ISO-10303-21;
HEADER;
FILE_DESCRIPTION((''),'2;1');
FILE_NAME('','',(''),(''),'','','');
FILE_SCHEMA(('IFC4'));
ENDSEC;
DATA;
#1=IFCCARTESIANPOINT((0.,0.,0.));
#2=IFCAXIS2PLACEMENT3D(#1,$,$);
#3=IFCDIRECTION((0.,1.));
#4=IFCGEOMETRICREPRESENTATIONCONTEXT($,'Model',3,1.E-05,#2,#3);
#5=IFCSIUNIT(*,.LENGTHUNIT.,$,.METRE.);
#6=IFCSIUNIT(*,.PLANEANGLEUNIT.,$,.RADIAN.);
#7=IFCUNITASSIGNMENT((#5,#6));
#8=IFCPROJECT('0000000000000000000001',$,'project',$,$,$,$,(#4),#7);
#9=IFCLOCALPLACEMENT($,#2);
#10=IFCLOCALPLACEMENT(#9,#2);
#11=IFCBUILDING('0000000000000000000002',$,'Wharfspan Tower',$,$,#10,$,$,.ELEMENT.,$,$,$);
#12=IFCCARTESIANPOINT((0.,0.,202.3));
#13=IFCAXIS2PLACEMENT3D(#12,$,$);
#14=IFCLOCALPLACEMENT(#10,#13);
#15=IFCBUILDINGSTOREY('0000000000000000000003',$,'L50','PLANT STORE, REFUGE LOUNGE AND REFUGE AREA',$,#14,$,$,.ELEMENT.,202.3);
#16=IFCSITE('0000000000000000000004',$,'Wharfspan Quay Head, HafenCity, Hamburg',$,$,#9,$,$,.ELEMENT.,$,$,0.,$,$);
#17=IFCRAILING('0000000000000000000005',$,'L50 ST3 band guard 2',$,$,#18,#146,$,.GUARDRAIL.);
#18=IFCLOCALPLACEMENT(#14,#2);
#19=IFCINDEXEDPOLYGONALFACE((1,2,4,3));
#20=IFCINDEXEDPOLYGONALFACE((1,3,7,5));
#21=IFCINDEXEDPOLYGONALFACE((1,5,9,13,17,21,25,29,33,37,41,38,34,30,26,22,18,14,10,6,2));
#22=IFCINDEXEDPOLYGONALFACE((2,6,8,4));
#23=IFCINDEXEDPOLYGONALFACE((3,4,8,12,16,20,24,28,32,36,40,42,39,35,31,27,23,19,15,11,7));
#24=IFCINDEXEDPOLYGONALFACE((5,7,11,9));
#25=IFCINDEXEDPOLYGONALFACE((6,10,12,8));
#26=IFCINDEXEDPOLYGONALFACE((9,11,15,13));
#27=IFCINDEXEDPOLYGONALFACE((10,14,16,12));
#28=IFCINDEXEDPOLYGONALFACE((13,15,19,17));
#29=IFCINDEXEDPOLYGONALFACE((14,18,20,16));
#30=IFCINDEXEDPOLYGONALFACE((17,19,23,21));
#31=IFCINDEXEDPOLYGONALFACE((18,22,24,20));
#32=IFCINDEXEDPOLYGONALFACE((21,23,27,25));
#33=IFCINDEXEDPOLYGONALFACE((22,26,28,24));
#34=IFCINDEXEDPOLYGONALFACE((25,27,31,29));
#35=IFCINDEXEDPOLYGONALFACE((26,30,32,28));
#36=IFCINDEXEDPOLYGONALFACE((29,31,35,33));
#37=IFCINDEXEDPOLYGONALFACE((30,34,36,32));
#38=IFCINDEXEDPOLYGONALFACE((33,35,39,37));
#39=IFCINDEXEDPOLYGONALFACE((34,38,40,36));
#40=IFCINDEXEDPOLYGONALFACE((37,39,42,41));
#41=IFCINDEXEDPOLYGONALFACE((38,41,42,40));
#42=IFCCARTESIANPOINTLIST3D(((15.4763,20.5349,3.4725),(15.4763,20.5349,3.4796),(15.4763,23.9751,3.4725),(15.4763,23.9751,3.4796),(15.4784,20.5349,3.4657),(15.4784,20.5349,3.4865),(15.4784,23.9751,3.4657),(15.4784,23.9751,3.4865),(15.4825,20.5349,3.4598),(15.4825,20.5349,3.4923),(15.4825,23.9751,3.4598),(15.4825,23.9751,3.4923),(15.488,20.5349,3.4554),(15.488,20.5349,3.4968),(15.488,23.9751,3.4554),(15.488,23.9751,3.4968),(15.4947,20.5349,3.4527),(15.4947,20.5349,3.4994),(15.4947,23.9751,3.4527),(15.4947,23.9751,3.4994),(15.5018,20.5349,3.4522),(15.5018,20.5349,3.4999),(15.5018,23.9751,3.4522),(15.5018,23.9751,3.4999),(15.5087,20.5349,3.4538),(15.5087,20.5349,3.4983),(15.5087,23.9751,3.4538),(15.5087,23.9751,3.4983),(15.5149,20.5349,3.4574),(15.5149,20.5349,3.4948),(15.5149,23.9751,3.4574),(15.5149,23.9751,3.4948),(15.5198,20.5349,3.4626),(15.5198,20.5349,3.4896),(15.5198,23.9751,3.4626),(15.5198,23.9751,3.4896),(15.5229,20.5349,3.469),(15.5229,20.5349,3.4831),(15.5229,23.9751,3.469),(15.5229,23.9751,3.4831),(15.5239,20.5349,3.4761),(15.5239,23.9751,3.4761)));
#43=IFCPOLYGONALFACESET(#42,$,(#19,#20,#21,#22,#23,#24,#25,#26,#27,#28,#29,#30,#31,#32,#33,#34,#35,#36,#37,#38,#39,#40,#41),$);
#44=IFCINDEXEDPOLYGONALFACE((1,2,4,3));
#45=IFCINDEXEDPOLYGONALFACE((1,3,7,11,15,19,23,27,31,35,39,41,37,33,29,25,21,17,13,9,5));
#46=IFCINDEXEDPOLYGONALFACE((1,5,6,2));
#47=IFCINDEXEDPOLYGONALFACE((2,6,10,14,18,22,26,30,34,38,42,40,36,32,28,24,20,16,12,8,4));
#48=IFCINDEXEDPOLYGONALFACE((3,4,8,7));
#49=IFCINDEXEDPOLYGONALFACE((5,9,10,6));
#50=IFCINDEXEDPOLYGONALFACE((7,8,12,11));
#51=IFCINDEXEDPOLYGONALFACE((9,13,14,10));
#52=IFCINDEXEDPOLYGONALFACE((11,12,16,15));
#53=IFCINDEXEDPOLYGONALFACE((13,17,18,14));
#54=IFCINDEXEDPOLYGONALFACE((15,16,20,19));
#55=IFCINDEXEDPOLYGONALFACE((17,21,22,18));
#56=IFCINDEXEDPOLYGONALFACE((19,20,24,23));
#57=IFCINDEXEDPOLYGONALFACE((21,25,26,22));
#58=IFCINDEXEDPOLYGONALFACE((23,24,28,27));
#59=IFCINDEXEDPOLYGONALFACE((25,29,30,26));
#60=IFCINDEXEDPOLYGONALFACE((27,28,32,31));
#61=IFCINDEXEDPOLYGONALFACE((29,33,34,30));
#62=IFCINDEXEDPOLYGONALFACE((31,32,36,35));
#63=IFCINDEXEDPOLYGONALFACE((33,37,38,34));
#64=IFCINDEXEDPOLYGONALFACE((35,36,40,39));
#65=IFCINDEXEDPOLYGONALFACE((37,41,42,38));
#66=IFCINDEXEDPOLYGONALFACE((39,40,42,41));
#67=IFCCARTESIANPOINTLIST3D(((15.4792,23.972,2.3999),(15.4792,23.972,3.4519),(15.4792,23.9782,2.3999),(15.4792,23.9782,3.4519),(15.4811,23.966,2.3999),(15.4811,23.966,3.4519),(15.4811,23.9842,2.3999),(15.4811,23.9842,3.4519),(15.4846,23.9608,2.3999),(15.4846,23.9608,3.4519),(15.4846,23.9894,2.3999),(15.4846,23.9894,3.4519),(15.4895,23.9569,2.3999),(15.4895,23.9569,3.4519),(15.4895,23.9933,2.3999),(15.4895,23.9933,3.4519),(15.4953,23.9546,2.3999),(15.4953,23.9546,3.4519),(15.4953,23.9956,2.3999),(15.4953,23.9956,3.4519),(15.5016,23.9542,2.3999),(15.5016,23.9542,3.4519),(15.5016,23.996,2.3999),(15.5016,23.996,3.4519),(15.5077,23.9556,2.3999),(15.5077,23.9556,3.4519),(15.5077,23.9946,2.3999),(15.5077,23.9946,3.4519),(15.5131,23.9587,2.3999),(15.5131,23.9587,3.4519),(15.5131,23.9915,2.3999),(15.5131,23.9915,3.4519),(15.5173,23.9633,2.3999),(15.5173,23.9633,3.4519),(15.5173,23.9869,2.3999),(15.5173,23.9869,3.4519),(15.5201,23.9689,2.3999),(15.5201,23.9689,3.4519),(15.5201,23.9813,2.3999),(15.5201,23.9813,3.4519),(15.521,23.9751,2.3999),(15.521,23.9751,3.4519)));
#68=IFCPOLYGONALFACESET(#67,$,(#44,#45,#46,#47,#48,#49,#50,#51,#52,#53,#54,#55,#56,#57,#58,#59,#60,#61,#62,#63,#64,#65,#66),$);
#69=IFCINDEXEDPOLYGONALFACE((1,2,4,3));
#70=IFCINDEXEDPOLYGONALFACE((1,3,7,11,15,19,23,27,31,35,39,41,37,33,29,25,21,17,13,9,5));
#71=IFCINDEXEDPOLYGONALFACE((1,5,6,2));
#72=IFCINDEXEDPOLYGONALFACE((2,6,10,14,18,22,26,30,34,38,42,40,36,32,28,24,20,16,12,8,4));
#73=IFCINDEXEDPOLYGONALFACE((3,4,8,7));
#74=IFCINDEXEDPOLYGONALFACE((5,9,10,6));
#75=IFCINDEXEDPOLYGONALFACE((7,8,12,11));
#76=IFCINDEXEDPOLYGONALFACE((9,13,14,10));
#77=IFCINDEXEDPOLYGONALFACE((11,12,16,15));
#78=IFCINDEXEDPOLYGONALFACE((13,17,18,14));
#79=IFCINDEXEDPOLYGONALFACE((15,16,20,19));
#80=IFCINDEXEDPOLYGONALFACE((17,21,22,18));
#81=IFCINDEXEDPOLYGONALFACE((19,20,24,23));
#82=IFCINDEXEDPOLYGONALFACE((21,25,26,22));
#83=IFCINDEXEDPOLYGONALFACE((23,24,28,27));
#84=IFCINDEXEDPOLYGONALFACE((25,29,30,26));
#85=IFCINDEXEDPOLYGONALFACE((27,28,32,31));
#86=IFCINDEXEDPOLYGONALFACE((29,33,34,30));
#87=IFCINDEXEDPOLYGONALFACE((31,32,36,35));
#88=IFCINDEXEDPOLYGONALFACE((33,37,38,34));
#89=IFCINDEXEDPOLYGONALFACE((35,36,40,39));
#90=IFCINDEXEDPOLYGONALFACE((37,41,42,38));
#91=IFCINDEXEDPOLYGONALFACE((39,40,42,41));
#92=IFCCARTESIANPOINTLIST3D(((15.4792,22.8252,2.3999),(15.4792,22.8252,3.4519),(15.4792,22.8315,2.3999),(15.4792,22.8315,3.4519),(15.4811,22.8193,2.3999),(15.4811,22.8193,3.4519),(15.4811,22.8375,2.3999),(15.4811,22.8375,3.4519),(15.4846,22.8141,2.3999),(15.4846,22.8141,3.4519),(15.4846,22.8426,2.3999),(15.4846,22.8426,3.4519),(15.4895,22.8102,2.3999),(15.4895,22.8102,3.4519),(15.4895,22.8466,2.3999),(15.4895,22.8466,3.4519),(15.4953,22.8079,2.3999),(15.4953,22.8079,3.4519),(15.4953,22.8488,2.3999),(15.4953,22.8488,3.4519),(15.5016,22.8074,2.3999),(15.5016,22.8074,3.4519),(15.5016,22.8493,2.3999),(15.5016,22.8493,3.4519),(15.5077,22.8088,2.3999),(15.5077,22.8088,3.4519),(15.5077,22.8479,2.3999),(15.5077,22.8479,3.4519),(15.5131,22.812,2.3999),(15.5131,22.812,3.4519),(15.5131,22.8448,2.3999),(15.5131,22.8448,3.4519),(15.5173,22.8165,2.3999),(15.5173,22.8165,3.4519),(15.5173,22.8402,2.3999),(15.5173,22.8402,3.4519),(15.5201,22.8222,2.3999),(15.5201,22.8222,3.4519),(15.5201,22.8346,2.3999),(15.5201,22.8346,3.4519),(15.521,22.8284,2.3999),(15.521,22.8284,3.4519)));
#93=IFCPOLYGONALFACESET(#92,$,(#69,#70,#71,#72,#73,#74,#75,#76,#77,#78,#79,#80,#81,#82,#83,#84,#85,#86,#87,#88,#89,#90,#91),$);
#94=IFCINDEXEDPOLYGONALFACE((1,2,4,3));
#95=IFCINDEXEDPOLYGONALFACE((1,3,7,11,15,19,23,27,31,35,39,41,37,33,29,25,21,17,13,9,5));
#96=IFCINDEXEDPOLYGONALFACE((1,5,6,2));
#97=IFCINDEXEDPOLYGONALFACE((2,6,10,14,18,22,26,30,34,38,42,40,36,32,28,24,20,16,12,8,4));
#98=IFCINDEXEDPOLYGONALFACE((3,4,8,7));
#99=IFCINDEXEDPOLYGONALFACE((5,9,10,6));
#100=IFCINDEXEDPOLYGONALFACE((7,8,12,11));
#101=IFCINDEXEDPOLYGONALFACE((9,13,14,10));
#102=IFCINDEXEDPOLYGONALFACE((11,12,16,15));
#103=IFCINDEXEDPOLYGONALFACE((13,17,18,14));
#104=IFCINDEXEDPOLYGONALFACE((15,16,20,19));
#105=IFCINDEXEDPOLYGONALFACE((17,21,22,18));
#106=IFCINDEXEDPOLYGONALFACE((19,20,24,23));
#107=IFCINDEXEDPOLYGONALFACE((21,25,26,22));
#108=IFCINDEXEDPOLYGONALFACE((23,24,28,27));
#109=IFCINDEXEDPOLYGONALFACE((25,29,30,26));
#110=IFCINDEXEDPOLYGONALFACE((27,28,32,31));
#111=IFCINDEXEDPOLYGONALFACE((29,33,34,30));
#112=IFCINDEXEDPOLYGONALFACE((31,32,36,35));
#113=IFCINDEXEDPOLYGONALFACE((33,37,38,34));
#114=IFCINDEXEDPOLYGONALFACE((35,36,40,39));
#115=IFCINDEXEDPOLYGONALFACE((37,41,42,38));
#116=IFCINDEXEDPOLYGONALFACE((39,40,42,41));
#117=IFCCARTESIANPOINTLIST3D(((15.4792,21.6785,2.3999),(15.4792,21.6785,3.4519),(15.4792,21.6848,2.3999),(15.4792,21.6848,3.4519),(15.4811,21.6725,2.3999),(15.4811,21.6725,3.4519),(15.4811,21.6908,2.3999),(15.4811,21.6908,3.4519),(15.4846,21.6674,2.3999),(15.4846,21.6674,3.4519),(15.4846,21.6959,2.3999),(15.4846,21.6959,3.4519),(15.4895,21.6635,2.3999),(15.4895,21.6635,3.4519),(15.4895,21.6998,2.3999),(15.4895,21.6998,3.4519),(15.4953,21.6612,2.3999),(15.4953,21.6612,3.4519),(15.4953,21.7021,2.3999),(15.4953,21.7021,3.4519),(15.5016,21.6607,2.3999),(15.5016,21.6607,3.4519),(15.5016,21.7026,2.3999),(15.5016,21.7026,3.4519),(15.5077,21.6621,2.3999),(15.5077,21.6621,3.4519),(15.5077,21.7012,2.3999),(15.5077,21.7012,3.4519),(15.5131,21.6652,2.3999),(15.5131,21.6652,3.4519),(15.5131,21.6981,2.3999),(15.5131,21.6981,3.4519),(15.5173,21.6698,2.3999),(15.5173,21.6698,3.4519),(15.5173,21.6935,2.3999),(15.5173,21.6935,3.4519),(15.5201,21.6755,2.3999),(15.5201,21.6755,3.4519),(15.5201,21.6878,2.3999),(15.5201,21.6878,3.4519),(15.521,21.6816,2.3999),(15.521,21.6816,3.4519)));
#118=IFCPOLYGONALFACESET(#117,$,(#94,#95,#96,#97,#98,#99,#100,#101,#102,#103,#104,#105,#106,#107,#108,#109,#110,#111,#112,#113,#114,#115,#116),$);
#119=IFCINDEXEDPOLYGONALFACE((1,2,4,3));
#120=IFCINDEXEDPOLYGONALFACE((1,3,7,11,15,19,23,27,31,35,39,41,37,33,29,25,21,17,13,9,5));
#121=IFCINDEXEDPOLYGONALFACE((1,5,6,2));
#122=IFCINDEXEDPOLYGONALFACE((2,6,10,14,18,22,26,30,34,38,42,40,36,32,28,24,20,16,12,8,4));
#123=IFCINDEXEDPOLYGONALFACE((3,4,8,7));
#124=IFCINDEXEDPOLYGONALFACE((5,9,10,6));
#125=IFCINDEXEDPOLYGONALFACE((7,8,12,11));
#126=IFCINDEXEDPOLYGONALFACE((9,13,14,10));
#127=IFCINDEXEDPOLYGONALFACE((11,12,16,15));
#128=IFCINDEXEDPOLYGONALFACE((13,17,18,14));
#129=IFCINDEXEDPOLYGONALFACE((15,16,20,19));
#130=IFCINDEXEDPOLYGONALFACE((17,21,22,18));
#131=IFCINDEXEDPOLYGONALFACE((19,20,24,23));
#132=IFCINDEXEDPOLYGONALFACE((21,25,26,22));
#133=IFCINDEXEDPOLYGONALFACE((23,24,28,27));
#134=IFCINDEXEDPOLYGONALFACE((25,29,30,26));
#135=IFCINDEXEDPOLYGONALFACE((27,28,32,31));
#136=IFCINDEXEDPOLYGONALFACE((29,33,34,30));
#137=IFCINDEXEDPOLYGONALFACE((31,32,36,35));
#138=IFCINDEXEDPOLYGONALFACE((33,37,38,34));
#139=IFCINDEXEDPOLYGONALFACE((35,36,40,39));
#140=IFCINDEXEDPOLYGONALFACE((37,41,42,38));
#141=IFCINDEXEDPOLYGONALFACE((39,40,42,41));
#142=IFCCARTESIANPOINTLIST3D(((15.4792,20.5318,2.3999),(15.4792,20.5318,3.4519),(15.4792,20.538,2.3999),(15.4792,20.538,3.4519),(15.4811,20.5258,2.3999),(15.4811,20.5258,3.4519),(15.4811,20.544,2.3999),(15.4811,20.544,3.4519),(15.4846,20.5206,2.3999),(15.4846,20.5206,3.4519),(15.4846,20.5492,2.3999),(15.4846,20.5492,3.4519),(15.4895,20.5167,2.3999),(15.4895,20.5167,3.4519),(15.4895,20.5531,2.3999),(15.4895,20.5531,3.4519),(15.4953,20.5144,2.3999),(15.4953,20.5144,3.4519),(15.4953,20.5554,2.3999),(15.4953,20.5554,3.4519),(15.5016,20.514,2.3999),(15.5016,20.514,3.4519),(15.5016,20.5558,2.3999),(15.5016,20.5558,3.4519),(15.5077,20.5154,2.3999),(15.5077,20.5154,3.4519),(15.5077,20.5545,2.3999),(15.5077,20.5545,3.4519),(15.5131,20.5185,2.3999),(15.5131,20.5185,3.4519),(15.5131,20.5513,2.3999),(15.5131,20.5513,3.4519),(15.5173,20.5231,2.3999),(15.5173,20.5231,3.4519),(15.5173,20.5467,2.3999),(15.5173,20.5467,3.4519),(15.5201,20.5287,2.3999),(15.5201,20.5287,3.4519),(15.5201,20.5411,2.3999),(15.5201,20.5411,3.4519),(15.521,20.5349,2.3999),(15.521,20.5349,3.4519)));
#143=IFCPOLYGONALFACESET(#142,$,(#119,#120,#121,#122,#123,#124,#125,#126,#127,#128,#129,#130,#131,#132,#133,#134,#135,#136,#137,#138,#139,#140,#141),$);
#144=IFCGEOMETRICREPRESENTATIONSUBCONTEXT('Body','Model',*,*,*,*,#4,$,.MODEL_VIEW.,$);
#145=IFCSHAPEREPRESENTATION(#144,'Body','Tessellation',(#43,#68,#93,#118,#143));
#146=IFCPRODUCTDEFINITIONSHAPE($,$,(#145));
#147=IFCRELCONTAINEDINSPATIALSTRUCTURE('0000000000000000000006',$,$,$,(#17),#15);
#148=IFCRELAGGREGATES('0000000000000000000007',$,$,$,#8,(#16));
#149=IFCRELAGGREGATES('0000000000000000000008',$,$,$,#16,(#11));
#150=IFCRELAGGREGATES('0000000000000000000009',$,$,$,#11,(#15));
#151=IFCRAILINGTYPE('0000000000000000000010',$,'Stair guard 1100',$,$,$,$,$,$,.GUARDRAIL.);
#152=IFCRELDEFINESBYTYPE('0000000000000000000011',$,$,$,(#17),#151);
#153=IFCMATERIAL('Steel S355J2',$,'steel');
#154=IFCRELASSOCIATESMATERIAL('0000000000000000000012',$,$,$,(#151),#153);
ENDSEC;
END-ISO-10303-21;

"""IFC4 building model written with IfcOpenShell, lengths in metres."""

from ifc_helpers import new_model, si_unit, direction, frame, origin, origin_2d, place, context, subcontext, project, spatial, circle, extrude, material, type_object, element, save


model = new_model("IFC4")

# Units and contexts
model_context = context("Model", 3, precision=1e-05, world=origin(), true_north=direction((0.0, 1.0)))
body_context = subcontext(model_context, "Body", "Model", "MODEL_VIEW")
ifc_project = project(units=[si_unit("LENGTHUNIT", "METRE"), si_unit("PLANEANGLEUNIT", "RADIAN")], contexts=[model_context])

# Site, building, storey
site_placement = place(None, origin())
site = spatial("IfcSite", under=ifc_project, at=site_placement, Name="Wharfspan Quay Head, HafenCity, Hamburg", CompositionType="ELEMENT", RefElevation=0.0)
building_placement = place(site_placement, origin())
building = spatial("IfcBuilding", under=site, at=building_placement, Name="Wharfspan Tower", CompositionType="ELEMENT")
storey_placement = place(building_placement, frame((0.0, 0.0, 202.3)))
storey = spatial("IfcBuildingStorey", under=building, at=storey_placement, Name="L50", Description="PLANT STORE, REFUGE LOUNGE AND REFUGE AREA", CompositionType="ELEMENT", Elevation=202.3)

# Shared definitions
ifc_material_1 = material(Name="Steel S355J2", Category="steel")

# Railing
railing_type = type_object("IfcRailingType", Name="Stair guard 1100", PredefinedType="GUARDRAIL", material=ifc_material_1)
railing_1_placement = place(storey_placement, frame((15.5, 23.9751, 2.3999)))
element("IfcRailing", 1, at=railing_1_placement, inside=storey, type_object=railing_type, Name="L50 ST3 band guard 2", PredefinedType="GUARDRAIL", context=body_context, shape_type="SweptSolid", body=[
    extrude(circle(Radius=0.0239, at=origin_2d()), frame((0.0, 0.0, 1.0762), z_axis=(0.0, -1.0, 0.0), x_axis=(1.0, 0.0, 0.0)), (0.0, 0.0, 1.0), 3.4402),
    extrude(circle(Radius=0.021, at=origin_2d()), origin(), (0.0, 0.0, 1.0), 1.052),
    extrude(circle(Radius=0.021, at=origin_2d()), frame((0.0, -1.1467, 0.0)), (0.0, 0.0, 1.0), 1.052),
    extrude(circle(Radius=0.021, at=origin_2d()), frame((0.0, -2.2935, 0.0)), (0.0, 0.0, 1.0), 1.052),
    extrude(circle(Radius=0.021, at=origin_2d()), frame((0.0, -3.4402, 0.0)), (0.0, 0.0, 1.0), 1.052),
])

save(model, "model.ifc")
